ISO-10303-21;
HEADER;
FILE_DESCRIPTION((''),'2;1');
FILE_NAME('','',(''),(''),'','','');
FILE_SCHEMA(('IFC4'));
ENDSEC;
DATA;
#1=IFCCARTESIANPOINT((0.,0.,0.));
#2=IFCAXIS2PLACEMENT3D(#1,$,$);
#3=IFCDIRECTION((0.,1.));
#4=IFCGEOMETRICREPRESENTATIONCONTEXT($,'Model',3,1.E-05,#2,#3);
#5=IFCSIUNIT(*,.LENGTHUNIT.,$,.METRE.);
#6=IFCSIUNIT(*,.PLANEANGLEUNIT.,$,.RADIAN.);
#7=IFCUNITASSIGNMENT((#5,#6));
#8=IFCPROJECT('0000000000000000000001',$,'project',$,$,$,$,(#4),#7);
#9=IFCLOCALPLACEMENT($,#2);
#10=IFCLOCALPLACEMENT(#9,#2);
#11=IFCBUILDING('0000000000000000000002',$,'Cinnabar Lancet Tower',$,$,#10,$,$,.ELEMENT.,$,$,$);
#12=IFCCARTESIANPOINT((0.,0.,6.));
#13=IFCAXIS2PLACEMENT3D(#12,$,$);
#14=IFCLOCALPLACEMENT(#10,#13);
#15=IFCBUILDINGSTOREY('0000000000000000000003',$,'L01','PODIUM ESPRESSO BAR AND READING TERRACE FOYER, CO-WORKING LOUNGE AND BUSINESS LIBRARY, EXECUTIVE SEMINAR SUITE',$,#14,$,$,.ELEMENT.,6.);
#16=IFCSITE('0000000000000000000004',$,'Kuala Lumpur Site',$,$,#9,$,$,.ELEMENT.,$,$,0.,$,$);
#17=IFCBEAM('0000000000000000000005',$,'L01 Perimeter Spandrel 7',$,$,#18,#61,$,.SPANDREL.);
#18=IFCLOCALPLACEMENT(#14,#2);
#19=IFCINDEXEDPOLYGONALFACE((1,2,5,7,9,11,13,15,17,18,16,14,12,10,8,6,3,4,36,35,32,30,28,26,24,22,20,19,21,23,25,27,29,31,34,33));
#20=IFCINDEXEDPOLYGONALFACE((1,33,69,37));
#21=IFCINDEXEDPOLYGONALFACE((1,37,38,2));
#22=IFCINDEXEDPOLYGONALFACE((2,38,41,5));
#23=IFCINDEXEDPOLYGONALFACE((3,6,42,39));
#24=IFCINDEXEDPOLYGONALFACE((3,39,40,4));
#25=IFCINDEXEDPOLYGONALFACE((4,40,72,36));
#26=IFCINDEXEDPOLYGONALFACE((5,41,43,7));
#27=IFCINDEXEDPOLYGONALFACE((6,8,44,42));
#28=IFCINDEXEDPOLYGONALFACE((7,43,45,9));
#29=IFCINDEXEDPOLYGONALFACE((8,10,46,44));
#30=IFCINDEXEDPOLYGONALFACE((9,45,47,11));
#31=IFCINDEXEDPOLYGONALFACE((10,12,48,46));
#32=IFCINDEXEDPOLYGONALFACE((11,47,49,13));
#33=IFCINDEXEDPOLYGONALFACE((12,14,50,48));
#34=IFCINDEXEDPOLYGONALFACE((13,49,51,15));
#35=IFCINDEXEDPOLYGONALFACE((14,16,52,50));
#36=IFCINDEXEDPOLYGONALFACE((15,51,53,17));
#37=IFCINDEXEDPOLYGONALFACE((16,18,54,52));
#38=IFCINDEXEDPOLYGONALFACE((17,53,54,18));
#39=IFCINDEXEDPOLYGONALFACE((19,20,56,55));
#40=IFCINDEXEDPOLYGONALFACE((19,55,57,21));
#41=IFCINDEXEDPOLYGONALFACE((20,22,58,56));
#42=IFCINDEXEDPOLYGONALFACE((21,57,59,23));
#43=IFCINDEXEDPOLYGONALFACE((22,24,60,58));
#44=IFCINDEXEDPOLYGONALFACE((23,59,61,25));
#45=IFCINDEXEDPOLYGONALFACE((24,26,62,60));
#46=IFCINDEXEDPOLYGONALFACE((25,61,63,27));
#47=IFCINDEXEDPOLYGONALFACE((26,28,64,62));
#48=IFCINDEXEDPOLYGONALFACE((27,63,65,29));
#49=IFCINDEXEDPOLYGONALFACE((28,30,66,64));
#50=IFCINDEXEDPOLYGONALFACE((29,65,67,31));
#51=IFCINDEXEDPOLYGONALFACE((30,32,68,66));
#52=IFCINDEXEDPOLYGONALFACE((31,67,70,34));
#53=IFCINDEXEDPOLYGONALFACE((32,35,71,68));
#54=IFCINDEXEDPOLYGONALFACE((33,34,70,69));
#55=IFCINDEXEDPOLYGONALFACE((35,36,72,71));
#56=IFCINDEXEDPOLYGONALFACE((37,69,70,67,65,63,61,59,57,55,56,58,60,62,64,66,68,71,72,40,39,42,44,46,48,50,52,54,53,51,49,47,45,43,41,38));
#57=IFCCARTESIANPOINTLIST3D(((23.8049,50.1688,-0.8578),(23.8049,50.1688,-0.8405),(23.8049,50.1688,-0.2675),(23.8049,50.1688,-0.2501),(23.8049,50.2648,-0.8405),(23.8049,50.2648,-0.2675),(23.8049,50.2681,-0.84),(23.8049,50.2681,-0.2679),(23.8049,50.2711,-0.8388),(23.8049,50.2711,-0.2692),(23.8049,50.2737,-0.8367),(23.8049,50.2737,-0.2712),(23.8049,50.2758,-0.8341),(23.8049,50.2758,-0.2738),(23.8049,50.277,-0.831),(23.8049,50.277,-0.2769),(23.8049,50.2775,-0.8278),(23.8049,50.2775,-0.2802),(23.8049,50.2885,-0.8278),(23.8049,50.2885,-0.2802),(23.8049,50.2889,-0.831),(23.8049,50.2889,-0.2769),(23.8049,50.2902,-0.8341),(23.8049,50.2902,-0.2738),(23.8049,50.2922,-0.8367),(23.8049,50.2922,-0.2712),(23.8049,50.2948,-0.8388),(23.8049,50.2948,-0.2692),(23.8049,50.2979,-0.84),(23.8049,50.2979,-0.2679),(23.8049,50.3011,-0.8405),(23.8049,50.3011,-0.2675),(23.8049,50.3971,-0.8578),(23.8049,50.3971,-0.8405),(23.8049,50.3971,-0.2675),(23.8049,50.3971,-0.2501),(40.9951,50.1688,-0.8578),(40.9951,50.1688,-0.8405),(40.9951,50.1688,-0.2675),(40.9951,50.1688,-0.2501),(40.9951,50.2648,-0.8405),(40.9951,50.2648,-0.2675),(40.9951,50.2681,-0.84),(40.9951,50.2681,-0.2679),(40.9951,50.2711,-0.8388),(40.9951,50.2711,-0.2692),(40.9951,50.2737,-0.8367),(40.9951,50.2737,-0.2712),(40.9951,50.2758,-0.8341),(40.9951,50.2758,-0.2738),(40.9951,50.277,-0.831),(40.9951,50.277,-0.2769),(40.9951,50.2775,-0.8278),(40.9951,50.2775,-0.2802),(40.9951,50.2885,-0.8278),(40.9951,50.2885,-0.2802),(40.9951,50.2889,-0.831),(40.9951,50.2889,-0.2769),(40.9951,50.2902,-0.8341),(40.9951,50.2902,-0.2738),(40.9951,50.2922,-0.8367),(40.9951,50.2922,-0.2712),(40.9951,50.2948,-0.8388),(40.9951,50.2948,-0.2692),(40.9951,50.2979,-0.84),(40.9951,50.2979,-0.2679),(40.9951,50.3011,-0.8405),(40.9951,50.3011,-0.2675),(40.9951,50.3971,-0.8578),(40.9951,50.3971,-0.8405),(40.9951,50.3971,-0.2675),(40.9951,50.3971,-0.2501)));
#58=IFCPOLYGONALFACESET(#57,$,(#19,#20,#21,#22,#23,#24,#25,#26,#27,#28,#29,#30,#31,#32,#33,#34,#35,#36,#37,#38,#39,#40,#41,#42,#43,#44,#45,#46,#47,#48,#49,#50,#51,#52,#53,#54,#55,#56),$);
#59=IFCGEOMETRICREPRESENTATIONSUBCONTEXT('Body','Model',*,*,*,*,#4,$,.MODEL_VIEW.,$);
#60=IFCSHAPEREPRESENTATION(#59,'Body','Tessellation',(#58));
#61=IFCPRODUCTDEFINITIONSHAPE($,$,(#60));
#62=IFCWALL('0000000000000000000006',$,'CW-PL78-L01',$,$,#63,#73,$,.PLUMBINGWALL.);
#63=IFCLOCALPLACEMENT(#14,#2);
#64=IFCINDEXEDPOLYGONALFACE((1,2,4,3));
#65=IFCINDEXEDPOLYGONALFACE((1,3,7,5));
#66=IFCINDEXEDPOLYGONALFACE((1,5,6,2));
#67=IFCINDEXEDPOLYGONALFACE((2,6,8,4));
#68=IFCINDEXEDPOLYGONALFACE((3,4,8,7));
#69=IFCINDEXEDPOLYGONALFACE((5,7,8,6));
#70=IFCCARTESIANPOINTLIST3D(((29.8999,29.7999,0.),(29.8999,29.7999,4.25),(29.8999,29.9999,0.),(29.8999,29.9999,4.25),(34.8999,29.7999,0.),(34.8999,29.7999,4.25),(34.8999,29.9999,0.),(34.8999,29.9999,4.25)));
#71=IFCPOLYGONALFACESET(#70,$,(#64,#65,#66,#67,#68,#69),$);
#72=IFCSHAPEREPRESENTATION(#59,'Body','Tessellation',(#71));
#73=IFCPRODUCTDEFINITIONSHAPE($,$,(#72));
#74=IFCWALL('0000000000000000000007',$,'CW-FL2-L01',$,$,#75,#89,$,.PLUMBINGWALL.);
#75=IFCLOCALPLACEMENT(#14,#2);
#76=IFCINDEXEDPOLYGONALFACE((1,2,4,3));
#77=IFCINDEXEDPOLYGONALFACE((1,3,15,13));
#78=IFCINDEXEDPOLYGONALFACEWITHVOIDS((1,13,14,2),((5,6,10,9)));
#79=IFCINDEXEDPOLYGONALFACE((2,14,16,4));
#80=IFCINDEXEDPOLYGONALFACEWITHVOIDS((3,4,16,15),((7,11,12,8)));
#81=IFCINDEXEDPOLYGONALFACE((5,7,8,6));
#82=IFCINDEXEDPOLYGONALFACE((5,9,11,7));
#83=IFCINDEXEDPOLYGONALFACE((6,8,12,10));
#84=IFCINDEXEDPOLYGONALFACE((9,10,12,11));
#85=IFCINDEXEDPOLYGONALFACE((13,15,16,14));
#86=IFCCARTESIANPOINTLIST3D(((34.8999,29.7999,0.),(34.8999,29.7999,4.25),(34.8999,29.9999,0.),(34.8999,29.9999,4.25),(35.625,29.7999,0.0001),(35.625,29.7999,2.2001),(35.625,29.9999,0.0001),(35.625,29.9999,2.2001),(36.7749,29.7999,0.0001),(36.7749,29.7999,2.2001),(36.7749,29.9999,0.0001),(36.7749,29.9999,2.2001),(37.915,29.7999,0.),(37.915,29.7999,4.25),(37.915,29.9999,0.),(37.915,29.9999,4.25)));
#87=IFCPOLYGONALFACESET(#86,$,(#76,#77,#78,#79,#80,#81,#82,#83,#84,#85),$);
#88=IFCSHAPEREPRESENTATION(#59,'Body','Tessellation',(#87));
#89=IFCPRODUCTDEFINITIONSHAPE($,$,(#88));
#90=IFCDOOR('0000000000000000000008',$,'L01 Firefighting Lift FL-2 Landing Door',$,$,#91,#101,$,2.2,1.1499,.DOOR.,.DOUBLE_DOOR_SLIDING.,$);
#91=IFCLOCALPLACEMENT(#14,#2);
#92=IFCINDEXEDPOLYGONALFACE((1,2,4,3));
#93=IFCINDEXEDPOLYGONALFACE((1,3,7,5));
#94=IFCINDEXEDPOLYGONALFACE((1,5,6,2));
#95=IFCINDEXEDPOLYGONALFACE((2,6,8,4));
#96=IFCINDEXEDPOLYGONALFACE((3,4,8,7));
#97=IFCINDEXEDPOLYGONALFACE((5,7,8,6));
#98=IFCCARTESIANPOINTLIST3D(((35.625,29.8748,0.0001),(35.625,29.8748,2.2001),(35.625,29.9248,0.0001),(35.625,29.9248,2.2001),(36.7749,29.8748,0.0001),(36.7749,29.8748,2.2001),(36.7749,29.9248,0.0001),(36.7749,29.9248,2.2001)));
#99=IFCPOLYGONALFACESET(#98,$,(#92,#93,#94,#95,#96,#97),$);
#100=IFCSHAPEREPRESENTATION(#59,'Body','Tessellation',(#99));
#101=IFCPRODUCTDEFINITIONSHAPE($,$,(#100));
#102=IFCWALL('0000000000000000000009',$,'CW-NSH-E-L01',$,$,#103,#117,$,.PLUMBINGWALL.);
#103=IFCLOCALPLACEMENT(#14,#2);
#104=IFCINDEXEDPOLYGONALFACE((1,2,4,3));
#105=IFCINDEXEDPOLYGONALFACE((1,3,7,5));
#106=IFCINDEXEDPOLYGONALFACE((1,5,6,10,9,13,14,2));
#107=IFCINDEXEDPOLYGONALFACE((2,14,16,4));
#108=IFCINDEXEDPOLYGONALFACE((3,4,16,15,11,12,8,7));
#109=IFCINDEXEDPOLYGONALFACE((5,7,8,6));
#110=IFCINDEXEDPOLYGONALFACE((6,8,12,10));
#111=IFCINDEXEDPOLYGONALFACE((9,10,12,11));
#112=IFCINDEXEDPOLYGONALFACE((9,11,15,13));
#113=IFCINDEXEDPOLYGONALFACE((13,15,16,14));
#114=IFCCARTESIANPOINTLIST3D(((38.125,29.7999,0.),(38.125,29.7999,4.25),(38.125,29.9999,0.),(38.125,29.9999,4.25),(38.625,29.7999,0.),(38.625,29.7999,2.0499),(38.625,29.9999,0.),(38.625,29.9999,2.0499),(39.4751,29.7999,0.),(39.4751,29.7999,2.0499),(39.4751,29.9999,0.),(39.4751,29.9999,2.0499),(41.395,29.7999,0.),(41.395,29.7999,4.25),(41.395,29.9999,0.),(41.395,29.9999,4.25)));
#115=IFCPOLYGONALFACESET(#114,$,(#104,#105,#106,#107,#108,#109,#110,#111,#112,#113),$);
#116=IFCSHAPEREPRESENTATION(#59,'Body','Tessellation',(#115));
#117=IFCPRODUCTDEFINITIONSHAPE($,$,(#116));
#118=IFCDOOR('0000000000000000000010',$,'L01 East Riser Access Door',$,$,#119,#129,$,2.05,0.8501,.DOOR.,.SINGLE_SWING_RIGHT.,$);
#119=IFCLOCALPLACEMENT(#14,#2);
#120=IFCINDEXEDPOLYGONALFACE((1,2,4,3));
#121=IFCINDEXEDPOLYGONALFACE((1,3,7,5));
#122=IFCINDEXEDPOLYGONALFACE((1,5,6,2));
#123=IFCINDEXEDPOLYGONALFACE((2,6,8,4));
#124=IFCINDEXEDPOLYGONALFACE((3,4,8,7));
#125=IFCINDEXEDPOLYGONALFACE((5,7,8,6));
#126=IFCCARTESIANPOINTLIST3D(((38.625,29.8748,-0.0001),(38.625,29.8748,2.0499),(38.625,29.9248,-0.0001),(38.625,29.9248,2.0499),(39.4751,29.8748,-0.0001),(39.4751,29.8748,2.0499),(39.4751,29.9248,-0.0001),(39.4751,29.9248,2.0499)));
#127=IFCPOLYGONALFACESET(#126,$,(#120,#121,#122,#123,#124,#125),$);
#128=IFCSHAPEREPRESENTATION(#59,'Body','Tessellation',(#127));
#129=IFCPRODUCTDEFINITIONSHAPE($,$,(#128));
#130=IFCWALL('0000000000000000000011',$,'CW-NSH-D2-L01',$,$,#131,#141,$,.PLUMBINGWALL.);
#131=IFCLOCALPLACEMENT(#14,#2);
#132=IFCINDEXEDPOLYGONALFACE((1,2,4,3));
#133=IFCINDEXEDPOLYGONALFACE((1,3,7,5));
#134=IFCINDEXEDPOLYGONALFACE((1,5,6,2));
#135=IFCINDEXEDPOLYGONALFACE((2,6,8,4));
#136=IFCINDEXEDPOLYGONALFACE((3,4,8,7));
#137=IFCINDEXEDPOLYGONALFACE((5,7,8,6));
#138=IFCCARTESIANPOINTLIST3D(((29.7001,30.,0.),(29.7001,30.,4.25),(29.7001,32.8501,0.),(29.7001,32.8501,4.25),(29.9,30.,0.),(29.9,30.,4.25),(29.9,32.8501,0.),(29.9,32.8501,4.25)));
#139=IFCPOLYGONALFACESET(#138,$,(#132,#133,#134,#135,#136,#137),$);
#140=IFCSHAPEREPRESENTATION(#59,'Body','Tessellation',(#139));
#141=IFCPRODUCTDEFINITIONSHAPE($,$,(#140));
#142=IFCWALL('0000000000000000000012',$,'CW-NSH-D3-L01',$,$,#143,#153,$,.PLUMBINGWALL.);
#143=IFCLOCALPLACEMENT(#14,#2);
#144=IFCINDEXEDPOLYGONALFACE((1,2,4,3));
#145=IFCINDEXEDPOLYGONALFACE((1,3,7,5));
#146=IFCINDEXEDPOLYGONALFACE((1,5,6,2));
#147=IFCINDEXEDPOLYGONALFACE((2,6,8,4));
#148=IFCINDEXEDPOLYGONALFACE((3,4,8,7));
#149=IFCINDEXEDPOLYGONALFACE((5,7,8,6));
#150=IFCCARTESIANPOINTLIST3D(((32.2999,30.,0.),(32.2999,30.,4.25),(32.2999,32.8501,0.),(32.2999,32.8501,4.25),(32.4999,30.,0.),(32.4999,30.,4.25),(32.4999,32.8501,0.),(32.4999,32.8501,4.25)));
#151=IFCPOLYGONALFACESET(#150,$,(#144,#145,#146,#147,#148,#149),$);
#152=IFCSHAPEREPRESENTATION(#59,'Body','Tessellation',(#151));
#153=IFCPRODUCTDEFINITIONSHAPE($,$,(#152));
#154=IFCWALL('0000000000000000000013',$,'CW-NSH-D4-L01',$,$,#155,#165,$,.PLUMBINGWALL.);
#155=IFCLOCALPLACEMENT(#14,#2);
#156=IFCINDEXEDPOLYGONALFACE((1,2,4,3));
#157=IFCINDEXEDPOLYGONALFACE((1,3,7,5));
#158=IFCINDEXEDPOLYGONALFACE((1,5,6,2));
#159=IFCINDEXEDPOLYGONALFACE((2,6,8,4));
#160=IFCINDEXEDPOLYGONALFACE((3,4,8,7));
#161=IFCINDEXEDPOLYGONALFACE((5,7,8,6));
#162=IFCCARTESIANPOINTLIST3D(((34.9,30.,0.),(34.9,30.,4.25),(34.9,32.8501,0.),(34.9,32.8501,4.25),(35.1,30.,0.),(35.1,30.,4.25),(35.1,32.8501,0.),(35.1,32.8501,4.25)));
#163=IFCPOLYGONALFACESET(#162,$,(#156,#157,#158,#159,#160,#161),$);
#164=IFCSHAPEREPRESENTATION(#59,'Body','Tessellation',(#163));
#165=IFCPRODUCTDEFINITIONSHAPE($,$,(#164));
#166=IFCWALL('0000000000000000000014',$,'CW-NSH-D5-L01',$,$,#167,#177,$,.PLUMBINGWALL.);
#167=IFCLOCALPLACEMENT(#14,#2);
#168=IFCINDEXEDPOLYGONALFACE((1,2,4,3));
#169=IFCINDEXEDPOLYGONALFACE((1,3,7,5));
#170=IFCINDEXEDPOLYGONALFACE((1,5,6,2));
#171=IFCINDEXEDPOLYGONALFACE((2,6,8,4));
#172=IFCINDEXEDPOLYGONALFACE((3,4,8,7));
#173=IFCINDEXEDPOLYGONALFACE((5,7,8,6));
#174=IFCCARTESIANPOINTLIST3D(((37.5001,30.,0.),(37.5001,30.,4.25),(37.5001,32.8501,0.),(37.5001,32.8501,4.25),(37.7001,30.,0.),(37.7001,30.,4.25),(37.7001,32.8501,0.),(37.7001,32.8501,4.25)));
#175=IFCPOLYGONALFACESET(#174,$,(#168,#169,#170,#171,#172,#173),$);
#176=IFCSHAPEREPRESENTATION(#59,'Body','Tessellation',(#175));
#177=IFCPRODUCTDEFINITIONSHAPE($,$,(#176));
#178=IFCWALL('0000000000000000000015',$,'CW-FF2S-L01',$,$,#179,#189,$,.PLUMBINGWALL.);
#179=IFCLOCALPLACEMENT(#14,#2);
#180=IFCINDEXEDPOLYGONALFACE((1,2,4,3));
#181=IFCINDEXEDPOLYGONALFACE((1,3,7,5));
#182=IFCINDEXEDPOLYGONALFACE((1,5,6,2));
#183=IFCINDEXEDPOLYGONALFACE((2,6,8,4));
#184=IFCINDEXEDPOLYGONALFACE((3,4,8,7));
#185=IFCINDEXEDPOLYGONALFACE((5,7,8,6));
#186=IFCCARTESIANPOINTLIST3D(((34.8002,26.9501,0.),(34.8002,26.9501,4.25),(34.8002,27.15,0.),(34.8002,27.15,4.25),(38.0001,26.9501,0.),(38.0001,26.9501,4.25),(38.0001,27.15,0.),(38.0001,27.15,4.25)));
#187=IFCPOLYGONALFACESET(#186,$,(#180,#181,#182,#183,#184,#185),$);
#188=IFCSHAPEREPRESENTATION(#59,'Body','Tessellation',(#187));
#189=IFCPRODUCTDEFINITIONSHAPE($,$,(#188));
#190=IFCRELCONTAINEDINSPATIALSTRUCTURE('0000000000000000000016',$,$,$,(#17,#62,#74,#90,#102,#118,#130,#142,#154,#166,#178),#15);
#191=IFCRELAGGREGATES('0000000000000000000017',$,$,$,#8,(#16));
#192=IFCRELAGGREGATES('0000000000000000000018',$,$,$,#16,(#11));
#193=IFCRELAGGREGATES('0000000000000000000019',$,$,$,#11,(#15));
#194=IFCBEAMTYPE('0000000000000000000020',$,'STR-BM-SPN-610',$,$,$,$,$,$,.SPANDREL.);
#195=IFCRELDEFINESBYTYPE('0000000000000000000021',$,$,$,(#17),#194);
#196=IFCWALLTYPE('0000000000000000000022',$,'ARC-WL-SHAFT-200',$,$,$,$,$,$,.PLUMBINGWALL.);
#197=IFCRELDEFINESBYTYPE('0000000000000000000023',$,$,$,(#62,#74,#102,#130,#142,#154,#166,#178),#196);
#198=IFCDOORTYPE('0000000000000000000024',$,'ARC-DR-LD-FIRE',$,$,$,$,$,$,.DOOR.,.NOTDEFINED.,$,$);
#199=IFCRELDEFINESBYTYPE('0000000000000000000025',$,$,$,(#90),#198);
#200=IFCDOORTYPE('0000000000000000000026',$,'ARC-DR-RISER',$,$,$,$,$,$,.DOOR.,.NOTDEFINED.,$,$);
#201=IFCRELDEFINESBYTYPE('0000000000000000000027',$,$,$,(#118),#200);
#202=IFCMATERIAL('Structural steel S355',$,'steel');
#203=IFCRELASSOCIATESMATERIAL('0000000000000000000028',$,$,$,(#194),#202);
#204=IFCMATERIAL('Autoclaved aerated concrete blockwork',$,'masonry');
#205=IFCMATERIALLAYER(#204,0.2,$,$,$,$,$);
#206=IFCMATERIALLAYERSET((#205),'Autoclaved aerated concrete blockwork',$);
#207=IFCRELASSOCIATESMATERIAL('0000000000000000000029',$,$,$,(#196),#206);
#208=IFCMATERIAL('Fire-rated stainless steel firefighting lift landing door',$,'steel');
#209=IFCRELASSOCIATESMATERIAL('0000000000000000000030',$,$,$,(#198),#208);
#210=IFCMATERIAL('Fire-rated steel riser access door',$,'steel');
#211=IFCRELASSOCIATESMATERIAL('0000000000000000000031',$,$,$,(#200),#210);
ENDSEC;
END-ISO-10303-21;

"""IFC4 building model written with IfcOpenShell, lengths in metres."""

from ifc_helpers import new_model, si_unit, direction, frame, frame_2d, origin, origin_2d, place, context, subcontext, project, spatial, rectangle, i_section, extrude, material, layer, layer_set, material_profile, profile_set, type_object, element, fill, save


model = new_model("IFC4")

# Units and contexts
model_context = context("Model", 3, precision=1e-05, world=origin(), true_north=direction((0.0, 1.0)))
body_context = subcontext(model_context, "Body", "Model", "MODEL_VIEW")
ifc_project = project(units=[si_unit("LENGTHUNIT", "METRE"), si_unit("PLANEANGLEUNIT", "RADIAN")], contexts=[model_context])

# Site, building, storey
site_placement = place(None, origin())
site = spatial("IfcSite", under=ifc_project, at=site_placement, Name="Kuala Lumpur Site", CompositionType="ELEMENT", RefElevation=0.0)
building_placement = place(site_placement, origin())
building = spatial("IfcBuilding", under=site, at=building_placement, Name="Cinnabar Lancet Tower", CompositionType="ELEMENT")
storey_placement = place(building_placement, frame((0.0, 0.0, 6.0)))
storey = spatial("IfcBuildingStorey", under=building, at=storey_placement, Name="L01", Description="PODIUM ESPRESSO BAR AND READING TERRACE FOYER, CO-WORKING LOUNGE AND BUSINESS LIBRARY, EXECUTIVE SEMINAR SUITE", CompositionType="ELEMENT", Elevation=6.0)

# Beam
ifc_material_1 = material(Name="Structural steel S355", Category="steel")
ifc_material_profile = material_profile(ifc_material_1, i_section(OverallWidth=0.2283, OverallDepth=0.6077, WebThickness=0.011, FlangeThickness=0.0173, FilletRadius=0.0127, at=origin_2d()), Name="UKB 610x229x113")
ifc_profile_set = profile_set([ifc_material_profile], Name="Structural steel S355")
beam_type = type_object("IfcBeamType", Name="STR-BM-SPN-610", PredefinedType="SPANDREL", material=ifc_profile_set)
beam_placement = place(storey_placement, frame((40.9951, 50.283, -0.554), z_axis=(-1.0, 0.0, 0.0), x_axis=(0.0, -1.0, 0.0)))
element("IfcBeam", 1, at=beam_placement, inside=storey, type_object=beam_type, Name="L01 Perimeter Spandrel 7", PredefinedType="SPANDREL", context=body_context, shape_type="SweptSolid", body=[
    extrude(i_section(OverallWidth=0.2283, OverallDepth=0.6077, WebThickness=0.011, FlangeThickness=0.0173, FilletRadius=0.0127, at=origin_2d()), origin(), (0.0, 0.0, 1.0), 17.1902),
])

# Wall
ifc_material_2 = material(Name="Autoclaved aerated concrete blockwork", Category="masonry")
ifc_layer_1 = layer(ifc_material_2, 0.2)
ifc_layer_set_1 = layer_set([ifc_layer_1], Name="Autoclaved aerated concrete blockwork")
wall_type_1 = type_object("IfcWallType", Name="ARC-WL-SHAFT-200", PredefinedType="PLUMBINGWALL", material=ifc_layer_set_1)
wall_1_placement = place(storey_placement, frame((29.8999, 29.8999, 0.0), z_axis=(0.0, 0.0, 1.0), x_axis=(1.0, 0.0, 0.0)))
element("IfcWall", 2, at=wall_1_placement, inside=storey, type_object=wall_type_1, Name="CW-PL78-L01", PredefinedType="PLUMBINGWALL", context=body_context, shape_type="SweptSolid", body=[
    extrude(rectangle(XDim=5.0, YDim=0.2, at=frame_2d((2.5, 0.0))), origin(), (0.0, 0.0, 1.0), 4.25),
])

# Walls, openings, doors
wall_2_placement = place(storey_placement, frame((34.8999, 29.8999, 0.0), z_axis=(0.0, 0.0, 1.0), x_axis=(1.0, 0.0, 0.0)))
wall_2 = element("IfcWall", 3, at=wall_2_placement, inside=storey, type_object=wall_type_1, Name="CW-FL2-L01", PredefinedType="PLUMBINGWALL", context=body_context, shape_type="SweptSolid", body=[
    extrude(rectangle(XDim=3.0151, YDim=0.2, at=frame_2d((1.5076, 0.0))), origin(), (0.0, 0.0, 1.0), 4.25),
])
opening_1_placement = place(wall_2_placement, frame((0.7251, 0.0, 0.0)))
opening_1 = element("IfcOpeningElement", 4, at=opening_1_placement, cuts=wall_2, PredefinedType="OPENING", context=body_context, shape_type="SweptSolid", body=[
    extrude(rectangle(XDim=1.1499, YDim=2.2, at=frame_2d((0.575, 1.1001))), frame((0.0, 0.1099, 0.0), z_axis=(0.0, -1.0, 0.0), x_axis=(1.0, 0.0, 0.0)), (0.0, 0.0, 1.0), 0.22),
])
ifc_material_3 = material(Name="Fire-rated stainless steel firefighting lift landing door", Category="steel")
door_type_1 = type_object("IfcDoorType", Name="ARC-DR-LD-FIRE", OperationType="NOTDEFINED", PredefinedType="DOOR", material=ifc_material_3)
door_1_placement = place(opening_1_placement, origin())
door_1 = element("IfcDoor", 5, at=door_1_placement, inside=storey, type_object=door_type_1, Name="L01 Firefighting Lift FL-2 Landing Door", OperationType="DOUBLE_DOOR_SLIDING", OverallHeight=2.2, OverallWidth=1.1499, PredefinedType="DOOR", context=body_context, shape_type="SweptSolid", body=[
    extrude(rectangle(XDim=1.1499, YDim=2.2, at=frame_2d((0.575, 1.1001))), frame((0.0, 0.0249, 0.0), z_axis=(0.0, -1.0, 0.0), x_axis=(1.0, 0.0, 0.0)), (0.0, 0.0, 1.0), 0.05),
])
fill(opening_1, door_1)
wall_3_placement = place(storey_placement, frame((38.125, 29.8999, 0.0), z_axis=(0.0, 0.0, 1.0), x_axis=(1.0, 0.0, 0.0)))
wall_3 = element("IfcWall", 6, at=wall_3_placement, inside=storey, type_object=wall_type_1, Name="CW-NSH-E-L01", PredefinedType="PLUMBINGWALL", context=body_context, shape_type="SweptSolid", body=[
    extrude(rectangle(XDim=3.27, YDim=0.2, at=frame_2d((1.635, 0.0))), origin(), (0.0, 0.0, 1.0), 4.25),
])
opening_2_placement = place(wall_3_placement, frame((0.5, 0.0, 0.0)))
opening_2 = element("IfcOpeningElement", 7, at=opening_2_placement, cuts=wall_3, PredefinedType="OPENING", context=body_context, shape_type="SweptSolid", body=[
    extrude(rectangle(XDim=0.8501, YDim=2.05, at=frame_2d((0.425, 1.0249))), frame((0.0, 0.1099, 0.0), z_axis=(0.0, -1.0, 0.0), x_axis=(1.0, 0.0, 0.0)), (0.0, 0.0, 1.0), 0.22),
])
ifc_material_4 = material(Name="Fire-rated steel riser access door", Category="steel")
door_type_2 = type_object("IfcDoorType", Name="ARC-DR-RISER", OperationType="NOTDEFINED", PredefinedType="DOOR", material=ifc_material_4)
door_2_placement = place(opening_2_placement, origin())
door_2 = element("IfcDoor", 8, at=door_2_placement, inside=storey, type_object=door_type_2, Name="L01 East Riser Access Door", OperationType="SINGLE_SWING_RIGHT", OverallHeight=2.05, OverallWidth=0.8501, PredefinedType="DOOR", context=body_context, shape_type="SweptSolid", body=[
    extrude(rectangle(XDim=0.8501, YDim=2.05, at=frame_2d((0.425, 1.0249))), frame((0.0, 0.0249, 0.0), z_axis=(0.0, -1.0, 0.0), x_axis=(1.0, 0.0, 0.0)), (0.0, 0.0, 1.0), 0.05),
])
fill(opening_2, door_2)

# Walls
for number, where, z_axis, x_axis, name in (
    (9, (29.8, 30.0, 0.0), (0.0, 0.0, 1.0), (0.0, 1.0, 0.0), "CW-NSH-D2-L01"),
    (10, (32.3999, 30.0, 0.0), (0.0, 0.0, 1.0), (0.0, 1.0, 0.0), "CW-NSH-D3-L01"),
    (11, (35.0, 30.0, 0.0), (0.0, 0.0, 1.0), (0.0, 1.0, 0.0), "CW-NSH-D4-L01"),
    (12, (37.6001, 30.0, 0.0), (0.0, 0.0, 1.0), (0.0, 1.0, 0.0), "CW-NSH-D5-L01"),
):
    element("IfcWall", number, at=place(storey_placement, frame(where, z_axis=z_axis, x_axis=x_axis)), inside=storey, type_object=wall_type_1, Name=name, PredefinedType="PLUMBINGWALL", context=body_context, shape_type="SweptSolid", body=[
        extrude(rectangle(XDim=2.8501, YDim=0.2, at=frame_2d((1.425, 0.0))), origin(), (0.0, 0.0, 1.0), 4.25),
    ])

# Wall
wall_4_placement = place(storey_placement, frame((34.8, 27.05, 0.0), z_axis=(0.0, 0.0, 1.0), x_axis=(1.0, 0.0, 0.0)))
element("IfcWall", 13, at=wall_4_placement, inside=storey, type_object=wall_type_1, Name="CW-FF2S-L01", PredefinedType="PLUMBINGWALL", context=body_context, shape_type="SweptSolid", body=[
    extrude(rectangle(XDim=3.2, YDim=0.2, at=frame_2d((1.6001, 0.0))), origin(), (0.0, 0.0, 1.0), 4.25),
])

save(model, "model.ifc")
